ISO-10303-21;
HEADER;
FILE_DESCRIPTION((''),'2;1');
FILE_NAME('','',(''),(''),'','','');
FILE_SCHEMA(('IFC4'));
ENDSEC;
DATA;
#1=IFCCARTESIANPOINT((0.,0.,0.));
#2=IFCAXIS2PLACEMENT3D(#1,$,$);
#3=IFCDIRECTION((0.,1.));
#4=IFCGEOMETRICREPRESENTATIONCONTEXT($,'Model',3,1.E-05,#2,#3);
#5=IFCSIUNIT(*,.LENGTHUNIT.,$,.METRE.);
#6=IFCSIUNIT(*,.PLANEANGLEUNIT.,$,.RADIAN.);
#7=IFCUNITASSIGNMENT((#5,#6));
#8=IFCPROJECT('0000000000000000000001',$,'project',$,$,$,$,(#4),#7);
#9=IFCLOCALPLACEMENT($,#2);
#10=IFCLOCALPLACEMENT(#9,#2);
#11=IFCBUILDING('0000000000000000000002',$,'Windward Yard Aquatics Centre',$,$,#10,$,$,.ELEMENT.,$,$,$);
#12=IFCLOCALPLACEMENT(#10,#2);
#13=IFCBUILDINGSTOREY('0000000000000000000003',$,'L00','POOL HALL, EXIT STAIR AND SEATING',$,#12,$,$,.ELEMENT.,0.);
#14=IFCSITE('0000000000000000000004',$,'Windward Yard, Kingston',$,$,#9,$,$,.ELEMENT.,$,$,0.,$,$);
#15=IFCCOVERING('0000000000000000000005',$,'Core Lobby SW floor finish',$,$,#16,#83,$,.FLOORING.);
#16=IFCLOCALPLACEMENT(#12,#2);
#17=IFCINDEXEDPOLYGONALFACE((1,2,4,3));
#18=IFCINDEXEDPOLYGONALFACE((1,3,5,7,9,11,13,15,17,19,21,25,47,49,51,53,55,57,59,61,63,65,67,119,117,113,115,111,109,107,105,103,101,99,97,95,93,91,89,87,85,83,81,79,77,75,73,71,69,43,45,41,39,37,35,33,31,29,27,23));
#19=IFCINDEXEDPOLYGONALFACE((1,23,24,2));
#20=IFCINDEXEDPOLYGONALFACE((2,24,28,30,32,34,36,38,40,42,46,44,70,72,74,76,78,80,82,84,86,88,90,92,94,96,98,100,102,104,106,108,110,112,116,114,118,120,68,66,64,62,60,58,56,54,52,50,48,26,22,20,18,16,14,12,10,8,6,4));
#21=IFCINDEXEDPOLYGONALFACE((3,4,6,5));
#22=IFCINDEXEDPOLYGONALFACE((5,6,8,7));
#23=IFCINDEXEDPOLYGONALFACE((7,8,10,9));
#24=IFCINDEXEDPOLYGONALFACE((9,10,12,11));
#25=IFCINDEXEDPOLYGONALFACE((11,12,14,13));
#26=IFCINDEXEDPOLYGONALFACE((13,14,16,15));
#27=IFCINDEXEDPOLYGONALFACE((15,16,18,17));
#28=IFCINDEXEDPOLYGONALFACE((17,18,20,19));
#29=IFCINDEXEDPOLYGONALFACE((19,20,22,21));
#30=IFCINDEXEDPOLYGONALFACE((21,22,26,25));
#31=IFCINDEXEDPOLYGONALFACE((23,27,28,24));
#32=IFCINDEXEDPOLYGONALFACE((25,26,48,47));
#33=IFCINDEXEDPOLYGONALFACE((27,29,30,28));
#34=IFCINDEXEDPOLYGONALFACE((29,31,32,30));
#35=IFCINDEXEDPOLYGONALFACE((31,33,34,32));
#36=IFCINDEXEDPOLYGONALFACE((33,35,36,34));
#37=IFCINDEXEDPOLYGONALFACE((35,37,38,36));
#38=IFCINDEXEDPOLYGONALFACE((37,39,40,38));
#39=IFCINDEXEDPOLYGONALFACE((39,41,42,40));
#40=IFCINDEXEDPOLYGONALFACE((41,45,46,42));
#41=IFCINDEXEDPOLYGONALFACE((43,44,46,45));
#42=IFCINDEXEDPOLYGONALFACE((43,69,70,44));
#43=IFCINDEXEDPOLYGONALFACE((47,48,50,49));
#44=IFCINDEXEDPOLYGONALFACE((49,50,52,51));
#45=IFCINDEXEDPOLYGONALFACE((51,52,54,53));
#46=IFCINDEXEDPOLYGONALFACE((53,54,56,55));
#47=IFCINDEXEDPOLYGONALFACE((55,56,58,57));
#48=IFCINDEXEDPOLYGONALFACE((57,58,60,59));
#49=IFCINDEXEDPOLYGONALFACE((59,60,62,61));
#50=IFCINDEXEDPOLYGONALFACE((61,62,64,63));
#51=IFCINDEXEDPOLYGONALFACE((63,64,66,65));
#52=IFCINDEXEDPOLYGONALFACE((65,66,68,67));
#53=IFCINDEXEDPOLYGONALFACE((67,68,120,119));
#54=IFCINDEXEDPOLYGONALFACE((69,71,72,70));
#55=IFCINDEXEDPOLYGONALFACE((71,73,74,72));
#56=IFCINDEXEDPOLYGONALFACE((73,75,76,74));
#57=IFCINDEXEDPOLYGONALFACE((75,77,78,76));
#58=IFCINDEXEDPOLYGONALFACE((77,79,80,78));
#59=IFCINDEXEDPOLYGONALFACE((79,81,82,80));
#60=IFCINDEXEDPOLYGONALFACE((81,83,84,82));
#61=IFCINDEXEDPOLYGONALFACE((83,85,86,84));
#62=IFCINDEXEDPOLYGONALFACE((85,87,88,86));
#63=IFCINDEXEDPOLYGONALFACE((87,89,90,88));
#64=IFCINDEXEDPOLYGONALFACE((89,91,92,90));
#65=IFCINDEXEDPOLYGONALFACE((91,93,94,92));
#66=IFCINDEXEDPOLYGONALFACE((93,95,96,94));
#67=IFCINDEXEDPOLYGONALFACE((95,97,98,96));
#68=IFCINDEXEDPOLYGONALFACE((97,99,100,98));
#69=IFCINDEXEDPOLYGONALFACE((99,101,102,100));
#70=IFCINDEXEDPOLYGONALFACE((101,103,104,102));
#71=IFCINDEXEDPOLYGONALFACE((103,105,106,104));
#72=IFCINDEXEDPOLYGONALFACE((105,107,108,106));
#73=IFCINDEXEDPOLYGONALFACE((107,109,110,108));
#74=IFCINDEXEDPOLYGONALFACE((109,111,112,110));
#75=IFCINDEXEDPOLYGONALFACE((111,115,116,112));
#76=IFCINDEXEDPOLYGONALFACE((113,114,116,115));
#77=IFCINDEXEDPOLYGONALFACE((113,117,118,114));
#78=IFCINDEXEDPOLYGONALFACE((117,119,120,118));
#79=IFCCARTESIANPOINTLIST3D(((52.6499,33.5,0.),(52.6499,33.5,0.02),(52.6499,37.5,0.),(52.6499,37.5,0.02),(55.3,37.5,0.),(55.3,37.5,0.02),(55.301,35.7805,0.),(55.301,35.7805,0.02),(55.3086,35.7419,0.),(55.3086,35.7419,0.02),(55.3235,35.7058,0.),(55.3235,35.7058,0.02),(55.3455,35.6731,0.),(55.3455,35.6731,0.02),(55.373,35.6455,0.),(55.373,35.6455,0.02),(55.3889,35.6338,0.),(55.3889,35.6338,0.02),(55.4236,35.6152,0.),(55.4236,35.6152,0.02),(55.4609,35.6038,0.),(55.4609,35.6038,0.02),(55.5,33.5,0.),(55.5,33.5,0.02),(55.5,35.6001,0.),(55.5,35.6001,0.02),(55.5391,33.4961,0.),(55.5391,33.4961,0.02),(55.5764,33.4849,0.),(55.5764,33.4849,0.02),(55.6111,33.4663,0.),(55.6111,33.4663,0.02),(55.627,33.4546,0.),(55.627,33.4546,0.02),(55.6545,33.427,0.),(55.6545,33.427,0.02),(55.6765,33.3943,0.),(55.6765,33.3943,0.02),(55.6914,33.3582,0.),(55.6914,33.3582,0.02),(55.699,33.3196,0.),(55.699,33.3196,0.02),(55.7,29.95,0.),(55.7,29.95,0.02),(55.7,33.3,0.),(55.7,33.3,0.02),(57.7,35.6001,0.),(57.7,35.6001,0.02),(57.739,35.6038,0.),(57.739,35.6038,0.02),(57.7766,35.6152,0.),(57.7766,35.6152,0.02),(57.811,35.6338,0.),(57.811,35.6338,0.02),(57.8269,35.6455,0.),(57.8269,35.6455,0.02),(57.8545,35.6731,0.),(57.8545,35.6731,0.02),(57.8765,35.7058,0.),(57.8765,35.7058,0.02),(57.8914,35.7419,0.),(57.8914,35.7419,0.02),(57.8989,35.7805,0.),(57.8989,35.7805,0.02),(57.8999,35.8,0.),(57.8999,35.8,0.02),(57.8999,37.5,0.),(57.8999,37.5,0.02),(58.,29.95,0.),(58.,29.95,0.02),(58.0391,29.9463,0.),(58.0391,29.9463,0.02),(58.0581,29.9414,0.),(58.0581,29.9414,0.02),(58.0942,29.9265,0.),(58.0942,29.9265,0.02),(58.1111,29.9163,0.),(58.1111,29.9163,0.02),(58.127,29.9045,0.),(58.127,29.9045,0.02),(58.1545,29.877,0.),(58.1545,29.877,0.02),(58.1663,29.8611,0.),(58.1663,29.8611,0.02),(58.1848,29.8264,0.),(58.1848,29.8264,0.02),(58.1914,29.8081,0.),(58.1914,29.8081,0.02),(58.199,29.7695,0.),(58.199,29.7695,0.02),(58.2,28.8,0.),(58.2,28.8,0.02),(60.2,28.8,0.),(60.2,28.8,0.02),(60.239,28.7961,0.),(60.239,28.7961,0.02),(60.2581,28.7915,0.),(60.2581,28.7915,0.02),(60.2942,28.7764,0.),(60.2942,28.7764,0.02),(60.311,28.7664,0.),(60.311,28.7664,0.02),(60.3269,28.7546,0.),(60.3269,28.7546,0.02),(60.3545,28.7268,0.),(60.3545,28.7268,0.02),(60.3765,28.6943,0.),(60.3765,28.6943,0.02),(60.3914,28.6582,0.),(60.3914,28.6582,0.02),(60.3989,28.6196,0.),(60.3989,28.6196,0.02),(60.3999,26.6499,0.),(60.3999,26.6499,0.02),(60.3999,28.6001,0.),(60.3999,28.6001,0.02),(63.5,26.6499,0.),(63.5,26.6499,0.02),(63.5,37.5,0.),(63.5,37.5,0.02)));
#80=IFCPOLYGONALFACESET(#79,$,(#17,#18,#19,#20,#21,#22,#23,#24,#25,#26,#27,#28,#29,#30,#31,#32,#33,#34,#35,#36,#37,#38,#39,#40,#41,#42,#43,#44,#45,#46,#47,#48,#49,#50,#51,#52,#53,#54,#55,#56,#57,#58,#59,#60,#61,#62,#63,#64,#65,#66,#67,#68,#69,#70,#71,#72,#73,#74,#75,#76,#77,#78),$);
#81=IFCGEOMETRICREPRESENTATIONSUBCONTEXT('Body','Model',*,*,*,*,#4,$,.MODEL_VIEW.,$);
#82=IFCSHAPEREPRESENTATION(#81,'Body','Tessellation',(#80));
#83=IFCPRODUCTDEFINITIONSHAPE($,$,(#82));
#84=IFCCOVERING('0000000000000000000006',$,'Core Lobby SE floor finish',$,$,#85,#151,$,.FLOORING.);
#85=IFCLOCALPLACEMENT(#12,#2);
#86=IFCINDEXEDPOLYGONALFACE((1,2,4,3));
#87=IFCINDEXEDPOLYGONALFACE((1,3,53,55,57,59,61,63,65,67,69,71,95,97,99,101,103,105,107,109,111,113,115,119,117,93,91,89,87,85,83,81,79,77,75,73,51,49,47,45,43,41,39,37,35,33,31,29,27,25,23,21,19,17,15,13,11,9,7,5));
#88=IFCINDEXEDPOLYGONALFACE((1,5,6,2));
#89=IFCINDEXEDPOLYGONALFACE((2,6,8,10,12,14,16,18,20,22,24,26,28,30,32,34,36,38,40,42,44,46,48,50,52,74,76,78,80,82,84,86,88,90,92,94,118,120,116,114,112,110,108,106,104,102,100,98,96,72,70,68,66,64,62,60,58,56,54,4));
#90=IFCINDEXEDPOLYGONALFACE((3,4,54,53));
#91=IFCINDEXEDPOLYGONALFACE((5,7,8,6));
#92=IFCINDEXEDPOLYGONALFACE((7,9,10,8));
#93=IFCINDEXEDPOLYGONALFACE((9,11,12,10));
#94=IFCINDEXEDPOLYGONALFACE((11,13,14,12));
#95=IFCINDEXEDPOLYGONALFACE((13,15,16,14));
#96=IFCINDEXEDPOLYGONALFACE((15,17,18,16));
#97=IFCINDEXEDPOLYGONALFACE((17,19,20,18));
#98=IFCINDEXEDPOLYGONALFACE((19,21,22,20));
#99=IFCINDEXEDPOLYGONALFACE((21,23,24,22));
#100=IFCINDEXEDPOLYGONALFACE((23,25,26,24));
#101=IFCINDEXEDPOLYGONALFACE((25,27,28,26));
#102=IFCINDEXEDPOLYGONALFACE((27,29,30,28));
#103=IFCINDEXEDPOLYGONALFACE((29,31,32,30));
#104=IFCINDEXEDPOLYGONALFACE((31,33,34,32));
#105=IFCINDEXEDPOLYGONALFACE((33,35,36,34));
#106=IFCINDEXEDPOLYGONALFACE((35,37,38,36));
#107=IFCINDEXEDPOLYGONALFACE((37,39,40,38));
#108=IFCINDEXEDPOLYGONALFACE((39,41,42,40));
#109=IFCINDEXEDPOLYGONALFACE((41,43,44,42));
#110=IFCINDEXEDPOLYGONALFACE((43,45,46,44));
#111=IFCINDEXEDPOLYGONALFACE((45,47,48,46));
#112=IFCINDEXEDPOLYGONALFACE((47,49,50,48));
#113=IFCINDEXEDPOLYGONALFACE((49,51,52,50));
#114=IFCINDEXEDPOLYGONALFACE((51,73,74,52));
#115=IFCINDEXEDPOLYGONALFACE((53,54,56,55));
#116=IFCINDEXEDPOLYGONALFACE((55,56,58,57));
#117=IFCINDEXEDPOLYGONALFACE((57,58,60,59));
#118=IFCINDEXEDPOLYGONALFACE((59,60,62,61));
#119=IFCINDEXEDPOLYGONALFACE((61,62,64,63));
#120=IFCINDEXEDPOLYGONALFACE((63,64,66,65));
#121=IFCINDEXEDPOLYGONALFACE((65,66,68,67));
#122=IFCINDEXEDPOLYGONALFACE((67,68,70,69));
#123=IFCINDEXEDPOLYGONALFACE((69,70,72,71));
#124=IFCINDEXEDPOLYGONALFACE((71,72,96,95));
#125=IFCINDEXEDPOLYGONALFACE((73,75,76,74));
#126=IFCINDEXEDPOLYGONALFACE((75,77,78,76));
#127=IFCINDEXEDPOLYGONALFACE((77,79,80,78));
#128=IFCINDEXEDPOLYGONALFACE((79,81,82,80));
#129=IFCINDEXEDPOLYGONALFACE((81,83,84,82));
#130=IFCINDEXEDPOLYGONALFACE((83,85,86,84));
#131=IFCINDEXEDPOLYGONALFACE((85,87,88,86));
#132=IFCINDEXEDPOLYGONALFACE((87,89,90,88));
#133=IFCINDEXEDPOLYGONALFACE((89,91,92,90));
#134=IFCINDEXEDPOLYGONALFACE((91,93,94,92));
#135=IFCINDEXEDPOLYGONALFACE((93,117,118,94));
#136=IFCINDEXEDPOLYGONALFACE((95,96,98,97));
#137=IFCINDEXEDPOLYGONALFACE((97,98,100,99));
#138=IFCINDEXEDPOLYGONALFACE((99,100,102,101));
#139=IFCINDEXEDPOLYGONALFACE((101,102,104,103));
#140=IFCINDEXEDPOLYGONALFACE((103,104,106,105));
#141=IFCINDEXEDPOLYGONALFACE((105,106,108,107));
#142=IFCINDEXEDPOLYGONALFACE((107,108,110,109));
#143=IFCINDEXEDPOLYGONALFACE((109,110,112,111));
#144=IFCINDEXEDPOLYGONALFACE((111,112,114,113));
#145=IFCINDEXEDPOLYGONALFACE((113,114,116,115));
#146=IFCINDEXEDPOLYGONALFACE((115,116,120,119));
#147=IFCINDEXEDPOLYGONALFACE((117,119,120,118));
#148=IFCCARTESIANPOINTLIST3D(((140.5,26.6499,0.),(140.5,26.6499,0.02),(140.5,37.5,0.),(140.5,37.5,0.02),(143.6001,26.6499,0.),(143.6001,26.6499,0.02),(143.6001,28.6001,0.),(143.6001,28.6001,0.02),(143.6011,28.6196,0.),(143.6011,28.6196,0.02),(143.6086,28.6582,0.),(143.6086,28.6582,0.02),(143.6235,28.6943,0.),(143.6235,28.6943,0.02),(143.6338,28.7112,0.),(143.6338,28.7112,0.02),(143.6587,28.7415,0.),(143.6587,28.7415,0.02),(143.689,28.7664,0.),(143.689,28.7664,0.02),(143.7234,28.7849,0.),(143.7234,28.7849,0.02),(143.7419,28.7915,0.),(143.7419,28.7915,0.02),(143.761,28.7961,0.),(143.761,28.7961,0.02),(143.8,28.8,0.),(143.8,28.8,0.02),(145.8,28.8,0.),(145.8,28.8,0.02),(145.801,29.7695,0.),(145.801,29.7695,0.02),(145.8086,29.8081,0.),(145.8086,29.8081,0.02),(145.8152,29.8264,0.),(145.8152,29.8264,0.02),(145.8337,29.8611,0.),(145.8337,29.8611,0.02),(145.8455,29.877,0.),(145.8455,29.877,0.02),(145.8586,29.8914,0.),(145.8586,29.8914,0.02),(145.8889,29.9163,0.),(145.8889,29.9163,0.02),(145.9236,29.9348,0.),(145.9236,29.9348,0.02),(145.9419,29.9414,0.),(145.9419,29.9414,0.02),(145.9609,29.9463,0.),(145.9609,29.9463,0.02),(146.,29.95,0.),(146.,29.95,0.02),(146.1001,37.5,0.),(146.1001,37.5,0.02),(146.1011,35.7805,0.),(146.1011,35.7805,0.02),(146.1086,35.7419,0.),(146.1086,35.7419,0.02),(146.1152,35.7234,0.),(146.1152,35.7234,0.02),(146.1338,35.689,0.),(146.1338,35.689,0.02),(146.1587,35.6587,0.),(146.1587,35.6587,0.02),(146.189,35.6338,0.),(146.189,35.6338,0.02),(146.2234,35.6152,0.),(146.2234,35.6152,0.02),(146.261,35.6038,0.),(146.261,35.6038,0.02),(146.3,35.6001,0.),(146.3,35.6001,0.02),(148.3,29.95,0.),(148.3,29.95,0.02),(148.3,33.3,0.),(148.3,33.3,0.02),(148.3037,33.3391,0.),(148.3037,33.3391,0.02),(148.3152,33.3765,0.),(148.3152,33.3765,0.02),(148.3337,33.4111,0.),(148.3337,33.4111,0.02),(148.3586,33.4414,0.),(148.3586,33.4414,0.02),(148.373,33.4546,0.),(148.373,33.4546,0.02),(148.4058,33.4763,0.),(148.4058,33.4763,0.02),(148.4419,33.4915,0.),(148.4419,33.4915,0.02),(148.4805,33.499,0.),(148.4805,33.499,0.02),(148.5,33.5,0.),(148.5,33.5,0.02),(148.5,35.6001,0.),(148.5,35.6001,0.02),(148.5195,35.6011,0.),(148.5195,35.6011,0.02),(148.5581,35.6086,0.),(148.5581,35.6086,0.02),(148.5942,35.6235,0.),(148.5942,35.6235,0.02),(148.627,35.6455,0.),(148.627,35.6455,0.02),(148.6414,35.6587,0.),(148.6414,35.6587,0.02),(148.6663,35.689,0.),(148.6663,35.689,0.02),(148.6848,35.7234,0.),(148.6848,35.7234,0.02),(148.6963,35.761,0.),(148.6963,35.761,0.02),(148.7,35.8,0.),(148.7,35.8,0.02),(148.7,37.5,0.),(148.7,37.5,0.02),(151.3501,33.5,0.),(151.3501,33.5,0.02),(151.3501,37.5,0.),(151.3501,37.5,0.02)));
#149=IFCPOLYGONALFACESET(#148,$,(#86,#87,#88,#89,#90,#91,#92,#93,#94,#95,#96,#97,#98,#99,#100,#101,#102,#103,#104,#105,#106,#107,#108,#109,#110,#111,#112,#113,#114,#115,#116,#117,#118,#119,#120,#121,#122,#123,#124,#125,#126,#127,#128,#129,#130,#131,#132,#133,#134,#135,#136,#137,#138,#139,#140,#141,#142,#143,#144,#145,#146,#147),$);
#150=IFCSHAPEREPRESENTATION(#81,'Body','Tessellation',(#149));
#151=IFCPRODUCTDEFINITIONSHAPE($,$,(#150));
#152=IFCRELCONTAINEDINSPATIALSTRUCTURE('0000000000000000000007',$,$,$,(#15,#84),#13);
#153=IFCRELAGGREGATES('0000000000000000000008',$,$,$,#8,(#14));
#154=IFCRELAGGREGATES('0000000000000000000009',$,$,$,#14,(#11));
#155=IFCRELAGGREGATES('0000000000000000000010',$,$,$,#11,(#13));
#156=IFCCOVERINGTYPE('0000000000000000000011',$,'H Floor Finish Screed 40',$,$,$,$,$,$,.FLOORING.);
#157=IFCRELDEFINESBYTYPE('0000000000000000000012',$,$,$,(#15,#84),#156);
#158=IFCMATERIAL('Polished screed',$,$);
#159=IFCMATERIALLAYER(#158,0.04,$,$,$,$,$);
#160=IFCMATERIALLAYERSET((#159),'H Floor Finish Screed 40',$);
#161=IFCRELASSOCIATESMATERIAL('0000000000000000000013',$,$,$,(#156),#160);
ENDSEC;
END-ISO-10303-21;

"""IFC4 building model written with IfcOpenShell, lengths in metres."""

from ifc_helpers import new_model, si_unit, direction, origin, place, context, subcontext, project, spatial, polyline, outline, extrude, material, layer, layer_set, type_object, element, save


model = new_model("IFC4")

# Units and contexts
model_context = context("Model", 3, precision=1e-05, world=origin(), true_north=direction((0.0, 1.0)))
body_context = subcontext(model_context, "Body", "Model", "MODEL_VIEW")
ifc_project = project(units=[si_unit("LENGTHUNIT", "METRE"), si_unit("PLANEANGLEUNIT", "RADIAN")], contexts=[model_context])

# Site, building, storey
site_placement = place(None, origin())
site = spatial("IfcSite", under=ifc_project, at=site_placement, Name="Windward Yard, Kingston", CompositionType="ELEMENT", RefElevation=0.0)
building_placement = place(site_placement, origin())
building = spatial("IfcBuilding", under=site, at=building_placement, Name="Windward Yard Aquatics Centre", CompositionType="ELEMENT")
storey_placement = place(building_placement, origin())
storey = spatial("IfcBuildingStorey", under=building, at=storey_placement, Name="L00", Description="POOL HALL, EXIT STAIR AND SEATING", CompositionType="ELEMENT", Elevation=0.0)

# Coverings
ifc_material_1 = material(Name="Polished screed")
ifc_layer_1 = layer(ifc_material_1, 0.04)
ifc_layer_set_1 = layer_set([ifc_layer_1], Name="H Floor Finish Screed 40")
covering_type_1 = type_object("IfcCoveringType", Name="H Floor Finish Screed 40", PredefinedType="FLOORING", material=ifc_layer_set_1)
covering_1_placement = place(storey_placement, origin())
element("IfcCovering", 1, at=covering_1_placement, inside=storey, type_object=covering_type_1, Name="Core Lobby SW floor finish", PredefinedType="FLOORING", context=body_context, shape_type="SweptSolid", body=[
    extrude(outline(polyline([(52.6499, 33.5), (52.6499, 37.5), (55.3, 37.5), (55.301, 35.7805), (55.3086, 35.7419), (55.3235, 35.7058), (55.3455, 35.6731), (55.373, 35.6455), (55.3889, 35.6338), (55.4236, 35.6152), (55.4609, 35.6038), (55.5, 35.6001), (57.7, 35.6001), (57.739, 35.6038), (57.7766, 35.6152), (57.811, 35.6338), (57.8269, 35.6455), (57.8545, 35.6731), (57.8765, 35.7058), (57.8914, 35.7419), (57.8989, 35.7805), (57.8999, 35.8), (57.8999, 37.5), (63.5, 37.5), (63.5, 26.6499), (60.3999, 26.6499), (60.3999, 28.6001), (60.3989, 28.6196), (60.3914, 28.6582), (60.3765, 28.6943), (60.3545, 28.7268), (60.3269, 28.7546), (60.311, 28.7664), (60.2942, 28.7764), (60.2581, 28.7915), (60.239, 28.7961), (60.2, 28.8), (58.2, 28.8), (58.199, 29.7695), (58.1914, 29.8081), (58.1848, 29.8264), (58.1663, 29.8611), (58.1545, 29.877), (58.127, 29.9045), (58.1111, 29.9163), (58.0942, 29.9265), (58.0581, 29.9414), (58.0391, 29.9463), (58.0, 29.95), (55.7, 29.95), (55.7, 33.3), (55.699, 33.3196), (55.6914, 33.3582), (55.6765, 33.3943), (55.6545, 33.427), (55.627, 33.4546), (55.6111, 33.4663), (55.5764, 33.4849), (55.5391, 33.4961), (55.5, 33.5), (52.6499, 33.5)])), origin(), (0.0, 0.0, 1.0), 0.02),
])
covering_2_placement = place(storey_placement, origin())
element("IfcCovering", 2, at=covering_2_placement, inside=storey, type_object=covering_type_1, Name="Core Lobby SE floor finish", PredefinedType="FLOORING", context=body_context, shape_type="SweptSolid", body=[
    extrude(outline(polyline([(140.5, 26.6499), (140.5, 37.5), (146.1001, 37.5), (146.1011, 35.7805), (146.1086, 35.7419), (146.1152, 35.7234), (146.1338, 35.689), (146.1587, 35.6587), (146.189, 35.6338), (146.2234, 35.6152), (146.261, 35.6038), (146.3, 35.6001), (148.5, 35.6001), (148.5195, 35.6011), (148.5581, 35.6086), (148.5942, 35.6235), (148.627, 35.6455), (148.6414, 35.6587), (148.6663, 35.689), (148.6848, 35.7234), (148.6963, 35.761), (148.7, 35.8), (148.7, 37.5), (151.3501, 37.5), (151.3501, 33.5), (148.5, 33.5), (148.4805, 33.499), (148.4419, 33.4915), (148.4058, 33.4763), (148.373, 33.4546), (148.3586, 33.4414), (148.3337, 33.4111), (148.3152, 33.3765), (148.3037, 33.3391), (148.3, 33.3), (148.3, 29.95), (146.0, 29.95), (145.9609, 29.9463), (145.9419, 29.9414), (145.9236, 29.9348), (145.8889, 29.9163), (145.8586, 29.8914), (145.8455, 29.877), (145.8337, 29.8611), (145.8152, 29.8264), (145.8086, 29.8081), (145.801, 29.7695), (145.8, 28.8), (143.8, 28.8), (143.761, 28.7961), (143.7419, 28.7915), (143.7234, 28.7849), (143.689, 28.7664), (143.6587, 28.7415), (143.6338, 28.7112), (143.6235, 28.6943), (143.6086, 28.6582), (143.6011, 28.6196), (143.6001, 28.6001), (143.6001, 26.6499), (140.5, 26.6499)])), origin(), (0.0, 0.0, 1.0), 0.02),
])

save(model, "model.ifc")
